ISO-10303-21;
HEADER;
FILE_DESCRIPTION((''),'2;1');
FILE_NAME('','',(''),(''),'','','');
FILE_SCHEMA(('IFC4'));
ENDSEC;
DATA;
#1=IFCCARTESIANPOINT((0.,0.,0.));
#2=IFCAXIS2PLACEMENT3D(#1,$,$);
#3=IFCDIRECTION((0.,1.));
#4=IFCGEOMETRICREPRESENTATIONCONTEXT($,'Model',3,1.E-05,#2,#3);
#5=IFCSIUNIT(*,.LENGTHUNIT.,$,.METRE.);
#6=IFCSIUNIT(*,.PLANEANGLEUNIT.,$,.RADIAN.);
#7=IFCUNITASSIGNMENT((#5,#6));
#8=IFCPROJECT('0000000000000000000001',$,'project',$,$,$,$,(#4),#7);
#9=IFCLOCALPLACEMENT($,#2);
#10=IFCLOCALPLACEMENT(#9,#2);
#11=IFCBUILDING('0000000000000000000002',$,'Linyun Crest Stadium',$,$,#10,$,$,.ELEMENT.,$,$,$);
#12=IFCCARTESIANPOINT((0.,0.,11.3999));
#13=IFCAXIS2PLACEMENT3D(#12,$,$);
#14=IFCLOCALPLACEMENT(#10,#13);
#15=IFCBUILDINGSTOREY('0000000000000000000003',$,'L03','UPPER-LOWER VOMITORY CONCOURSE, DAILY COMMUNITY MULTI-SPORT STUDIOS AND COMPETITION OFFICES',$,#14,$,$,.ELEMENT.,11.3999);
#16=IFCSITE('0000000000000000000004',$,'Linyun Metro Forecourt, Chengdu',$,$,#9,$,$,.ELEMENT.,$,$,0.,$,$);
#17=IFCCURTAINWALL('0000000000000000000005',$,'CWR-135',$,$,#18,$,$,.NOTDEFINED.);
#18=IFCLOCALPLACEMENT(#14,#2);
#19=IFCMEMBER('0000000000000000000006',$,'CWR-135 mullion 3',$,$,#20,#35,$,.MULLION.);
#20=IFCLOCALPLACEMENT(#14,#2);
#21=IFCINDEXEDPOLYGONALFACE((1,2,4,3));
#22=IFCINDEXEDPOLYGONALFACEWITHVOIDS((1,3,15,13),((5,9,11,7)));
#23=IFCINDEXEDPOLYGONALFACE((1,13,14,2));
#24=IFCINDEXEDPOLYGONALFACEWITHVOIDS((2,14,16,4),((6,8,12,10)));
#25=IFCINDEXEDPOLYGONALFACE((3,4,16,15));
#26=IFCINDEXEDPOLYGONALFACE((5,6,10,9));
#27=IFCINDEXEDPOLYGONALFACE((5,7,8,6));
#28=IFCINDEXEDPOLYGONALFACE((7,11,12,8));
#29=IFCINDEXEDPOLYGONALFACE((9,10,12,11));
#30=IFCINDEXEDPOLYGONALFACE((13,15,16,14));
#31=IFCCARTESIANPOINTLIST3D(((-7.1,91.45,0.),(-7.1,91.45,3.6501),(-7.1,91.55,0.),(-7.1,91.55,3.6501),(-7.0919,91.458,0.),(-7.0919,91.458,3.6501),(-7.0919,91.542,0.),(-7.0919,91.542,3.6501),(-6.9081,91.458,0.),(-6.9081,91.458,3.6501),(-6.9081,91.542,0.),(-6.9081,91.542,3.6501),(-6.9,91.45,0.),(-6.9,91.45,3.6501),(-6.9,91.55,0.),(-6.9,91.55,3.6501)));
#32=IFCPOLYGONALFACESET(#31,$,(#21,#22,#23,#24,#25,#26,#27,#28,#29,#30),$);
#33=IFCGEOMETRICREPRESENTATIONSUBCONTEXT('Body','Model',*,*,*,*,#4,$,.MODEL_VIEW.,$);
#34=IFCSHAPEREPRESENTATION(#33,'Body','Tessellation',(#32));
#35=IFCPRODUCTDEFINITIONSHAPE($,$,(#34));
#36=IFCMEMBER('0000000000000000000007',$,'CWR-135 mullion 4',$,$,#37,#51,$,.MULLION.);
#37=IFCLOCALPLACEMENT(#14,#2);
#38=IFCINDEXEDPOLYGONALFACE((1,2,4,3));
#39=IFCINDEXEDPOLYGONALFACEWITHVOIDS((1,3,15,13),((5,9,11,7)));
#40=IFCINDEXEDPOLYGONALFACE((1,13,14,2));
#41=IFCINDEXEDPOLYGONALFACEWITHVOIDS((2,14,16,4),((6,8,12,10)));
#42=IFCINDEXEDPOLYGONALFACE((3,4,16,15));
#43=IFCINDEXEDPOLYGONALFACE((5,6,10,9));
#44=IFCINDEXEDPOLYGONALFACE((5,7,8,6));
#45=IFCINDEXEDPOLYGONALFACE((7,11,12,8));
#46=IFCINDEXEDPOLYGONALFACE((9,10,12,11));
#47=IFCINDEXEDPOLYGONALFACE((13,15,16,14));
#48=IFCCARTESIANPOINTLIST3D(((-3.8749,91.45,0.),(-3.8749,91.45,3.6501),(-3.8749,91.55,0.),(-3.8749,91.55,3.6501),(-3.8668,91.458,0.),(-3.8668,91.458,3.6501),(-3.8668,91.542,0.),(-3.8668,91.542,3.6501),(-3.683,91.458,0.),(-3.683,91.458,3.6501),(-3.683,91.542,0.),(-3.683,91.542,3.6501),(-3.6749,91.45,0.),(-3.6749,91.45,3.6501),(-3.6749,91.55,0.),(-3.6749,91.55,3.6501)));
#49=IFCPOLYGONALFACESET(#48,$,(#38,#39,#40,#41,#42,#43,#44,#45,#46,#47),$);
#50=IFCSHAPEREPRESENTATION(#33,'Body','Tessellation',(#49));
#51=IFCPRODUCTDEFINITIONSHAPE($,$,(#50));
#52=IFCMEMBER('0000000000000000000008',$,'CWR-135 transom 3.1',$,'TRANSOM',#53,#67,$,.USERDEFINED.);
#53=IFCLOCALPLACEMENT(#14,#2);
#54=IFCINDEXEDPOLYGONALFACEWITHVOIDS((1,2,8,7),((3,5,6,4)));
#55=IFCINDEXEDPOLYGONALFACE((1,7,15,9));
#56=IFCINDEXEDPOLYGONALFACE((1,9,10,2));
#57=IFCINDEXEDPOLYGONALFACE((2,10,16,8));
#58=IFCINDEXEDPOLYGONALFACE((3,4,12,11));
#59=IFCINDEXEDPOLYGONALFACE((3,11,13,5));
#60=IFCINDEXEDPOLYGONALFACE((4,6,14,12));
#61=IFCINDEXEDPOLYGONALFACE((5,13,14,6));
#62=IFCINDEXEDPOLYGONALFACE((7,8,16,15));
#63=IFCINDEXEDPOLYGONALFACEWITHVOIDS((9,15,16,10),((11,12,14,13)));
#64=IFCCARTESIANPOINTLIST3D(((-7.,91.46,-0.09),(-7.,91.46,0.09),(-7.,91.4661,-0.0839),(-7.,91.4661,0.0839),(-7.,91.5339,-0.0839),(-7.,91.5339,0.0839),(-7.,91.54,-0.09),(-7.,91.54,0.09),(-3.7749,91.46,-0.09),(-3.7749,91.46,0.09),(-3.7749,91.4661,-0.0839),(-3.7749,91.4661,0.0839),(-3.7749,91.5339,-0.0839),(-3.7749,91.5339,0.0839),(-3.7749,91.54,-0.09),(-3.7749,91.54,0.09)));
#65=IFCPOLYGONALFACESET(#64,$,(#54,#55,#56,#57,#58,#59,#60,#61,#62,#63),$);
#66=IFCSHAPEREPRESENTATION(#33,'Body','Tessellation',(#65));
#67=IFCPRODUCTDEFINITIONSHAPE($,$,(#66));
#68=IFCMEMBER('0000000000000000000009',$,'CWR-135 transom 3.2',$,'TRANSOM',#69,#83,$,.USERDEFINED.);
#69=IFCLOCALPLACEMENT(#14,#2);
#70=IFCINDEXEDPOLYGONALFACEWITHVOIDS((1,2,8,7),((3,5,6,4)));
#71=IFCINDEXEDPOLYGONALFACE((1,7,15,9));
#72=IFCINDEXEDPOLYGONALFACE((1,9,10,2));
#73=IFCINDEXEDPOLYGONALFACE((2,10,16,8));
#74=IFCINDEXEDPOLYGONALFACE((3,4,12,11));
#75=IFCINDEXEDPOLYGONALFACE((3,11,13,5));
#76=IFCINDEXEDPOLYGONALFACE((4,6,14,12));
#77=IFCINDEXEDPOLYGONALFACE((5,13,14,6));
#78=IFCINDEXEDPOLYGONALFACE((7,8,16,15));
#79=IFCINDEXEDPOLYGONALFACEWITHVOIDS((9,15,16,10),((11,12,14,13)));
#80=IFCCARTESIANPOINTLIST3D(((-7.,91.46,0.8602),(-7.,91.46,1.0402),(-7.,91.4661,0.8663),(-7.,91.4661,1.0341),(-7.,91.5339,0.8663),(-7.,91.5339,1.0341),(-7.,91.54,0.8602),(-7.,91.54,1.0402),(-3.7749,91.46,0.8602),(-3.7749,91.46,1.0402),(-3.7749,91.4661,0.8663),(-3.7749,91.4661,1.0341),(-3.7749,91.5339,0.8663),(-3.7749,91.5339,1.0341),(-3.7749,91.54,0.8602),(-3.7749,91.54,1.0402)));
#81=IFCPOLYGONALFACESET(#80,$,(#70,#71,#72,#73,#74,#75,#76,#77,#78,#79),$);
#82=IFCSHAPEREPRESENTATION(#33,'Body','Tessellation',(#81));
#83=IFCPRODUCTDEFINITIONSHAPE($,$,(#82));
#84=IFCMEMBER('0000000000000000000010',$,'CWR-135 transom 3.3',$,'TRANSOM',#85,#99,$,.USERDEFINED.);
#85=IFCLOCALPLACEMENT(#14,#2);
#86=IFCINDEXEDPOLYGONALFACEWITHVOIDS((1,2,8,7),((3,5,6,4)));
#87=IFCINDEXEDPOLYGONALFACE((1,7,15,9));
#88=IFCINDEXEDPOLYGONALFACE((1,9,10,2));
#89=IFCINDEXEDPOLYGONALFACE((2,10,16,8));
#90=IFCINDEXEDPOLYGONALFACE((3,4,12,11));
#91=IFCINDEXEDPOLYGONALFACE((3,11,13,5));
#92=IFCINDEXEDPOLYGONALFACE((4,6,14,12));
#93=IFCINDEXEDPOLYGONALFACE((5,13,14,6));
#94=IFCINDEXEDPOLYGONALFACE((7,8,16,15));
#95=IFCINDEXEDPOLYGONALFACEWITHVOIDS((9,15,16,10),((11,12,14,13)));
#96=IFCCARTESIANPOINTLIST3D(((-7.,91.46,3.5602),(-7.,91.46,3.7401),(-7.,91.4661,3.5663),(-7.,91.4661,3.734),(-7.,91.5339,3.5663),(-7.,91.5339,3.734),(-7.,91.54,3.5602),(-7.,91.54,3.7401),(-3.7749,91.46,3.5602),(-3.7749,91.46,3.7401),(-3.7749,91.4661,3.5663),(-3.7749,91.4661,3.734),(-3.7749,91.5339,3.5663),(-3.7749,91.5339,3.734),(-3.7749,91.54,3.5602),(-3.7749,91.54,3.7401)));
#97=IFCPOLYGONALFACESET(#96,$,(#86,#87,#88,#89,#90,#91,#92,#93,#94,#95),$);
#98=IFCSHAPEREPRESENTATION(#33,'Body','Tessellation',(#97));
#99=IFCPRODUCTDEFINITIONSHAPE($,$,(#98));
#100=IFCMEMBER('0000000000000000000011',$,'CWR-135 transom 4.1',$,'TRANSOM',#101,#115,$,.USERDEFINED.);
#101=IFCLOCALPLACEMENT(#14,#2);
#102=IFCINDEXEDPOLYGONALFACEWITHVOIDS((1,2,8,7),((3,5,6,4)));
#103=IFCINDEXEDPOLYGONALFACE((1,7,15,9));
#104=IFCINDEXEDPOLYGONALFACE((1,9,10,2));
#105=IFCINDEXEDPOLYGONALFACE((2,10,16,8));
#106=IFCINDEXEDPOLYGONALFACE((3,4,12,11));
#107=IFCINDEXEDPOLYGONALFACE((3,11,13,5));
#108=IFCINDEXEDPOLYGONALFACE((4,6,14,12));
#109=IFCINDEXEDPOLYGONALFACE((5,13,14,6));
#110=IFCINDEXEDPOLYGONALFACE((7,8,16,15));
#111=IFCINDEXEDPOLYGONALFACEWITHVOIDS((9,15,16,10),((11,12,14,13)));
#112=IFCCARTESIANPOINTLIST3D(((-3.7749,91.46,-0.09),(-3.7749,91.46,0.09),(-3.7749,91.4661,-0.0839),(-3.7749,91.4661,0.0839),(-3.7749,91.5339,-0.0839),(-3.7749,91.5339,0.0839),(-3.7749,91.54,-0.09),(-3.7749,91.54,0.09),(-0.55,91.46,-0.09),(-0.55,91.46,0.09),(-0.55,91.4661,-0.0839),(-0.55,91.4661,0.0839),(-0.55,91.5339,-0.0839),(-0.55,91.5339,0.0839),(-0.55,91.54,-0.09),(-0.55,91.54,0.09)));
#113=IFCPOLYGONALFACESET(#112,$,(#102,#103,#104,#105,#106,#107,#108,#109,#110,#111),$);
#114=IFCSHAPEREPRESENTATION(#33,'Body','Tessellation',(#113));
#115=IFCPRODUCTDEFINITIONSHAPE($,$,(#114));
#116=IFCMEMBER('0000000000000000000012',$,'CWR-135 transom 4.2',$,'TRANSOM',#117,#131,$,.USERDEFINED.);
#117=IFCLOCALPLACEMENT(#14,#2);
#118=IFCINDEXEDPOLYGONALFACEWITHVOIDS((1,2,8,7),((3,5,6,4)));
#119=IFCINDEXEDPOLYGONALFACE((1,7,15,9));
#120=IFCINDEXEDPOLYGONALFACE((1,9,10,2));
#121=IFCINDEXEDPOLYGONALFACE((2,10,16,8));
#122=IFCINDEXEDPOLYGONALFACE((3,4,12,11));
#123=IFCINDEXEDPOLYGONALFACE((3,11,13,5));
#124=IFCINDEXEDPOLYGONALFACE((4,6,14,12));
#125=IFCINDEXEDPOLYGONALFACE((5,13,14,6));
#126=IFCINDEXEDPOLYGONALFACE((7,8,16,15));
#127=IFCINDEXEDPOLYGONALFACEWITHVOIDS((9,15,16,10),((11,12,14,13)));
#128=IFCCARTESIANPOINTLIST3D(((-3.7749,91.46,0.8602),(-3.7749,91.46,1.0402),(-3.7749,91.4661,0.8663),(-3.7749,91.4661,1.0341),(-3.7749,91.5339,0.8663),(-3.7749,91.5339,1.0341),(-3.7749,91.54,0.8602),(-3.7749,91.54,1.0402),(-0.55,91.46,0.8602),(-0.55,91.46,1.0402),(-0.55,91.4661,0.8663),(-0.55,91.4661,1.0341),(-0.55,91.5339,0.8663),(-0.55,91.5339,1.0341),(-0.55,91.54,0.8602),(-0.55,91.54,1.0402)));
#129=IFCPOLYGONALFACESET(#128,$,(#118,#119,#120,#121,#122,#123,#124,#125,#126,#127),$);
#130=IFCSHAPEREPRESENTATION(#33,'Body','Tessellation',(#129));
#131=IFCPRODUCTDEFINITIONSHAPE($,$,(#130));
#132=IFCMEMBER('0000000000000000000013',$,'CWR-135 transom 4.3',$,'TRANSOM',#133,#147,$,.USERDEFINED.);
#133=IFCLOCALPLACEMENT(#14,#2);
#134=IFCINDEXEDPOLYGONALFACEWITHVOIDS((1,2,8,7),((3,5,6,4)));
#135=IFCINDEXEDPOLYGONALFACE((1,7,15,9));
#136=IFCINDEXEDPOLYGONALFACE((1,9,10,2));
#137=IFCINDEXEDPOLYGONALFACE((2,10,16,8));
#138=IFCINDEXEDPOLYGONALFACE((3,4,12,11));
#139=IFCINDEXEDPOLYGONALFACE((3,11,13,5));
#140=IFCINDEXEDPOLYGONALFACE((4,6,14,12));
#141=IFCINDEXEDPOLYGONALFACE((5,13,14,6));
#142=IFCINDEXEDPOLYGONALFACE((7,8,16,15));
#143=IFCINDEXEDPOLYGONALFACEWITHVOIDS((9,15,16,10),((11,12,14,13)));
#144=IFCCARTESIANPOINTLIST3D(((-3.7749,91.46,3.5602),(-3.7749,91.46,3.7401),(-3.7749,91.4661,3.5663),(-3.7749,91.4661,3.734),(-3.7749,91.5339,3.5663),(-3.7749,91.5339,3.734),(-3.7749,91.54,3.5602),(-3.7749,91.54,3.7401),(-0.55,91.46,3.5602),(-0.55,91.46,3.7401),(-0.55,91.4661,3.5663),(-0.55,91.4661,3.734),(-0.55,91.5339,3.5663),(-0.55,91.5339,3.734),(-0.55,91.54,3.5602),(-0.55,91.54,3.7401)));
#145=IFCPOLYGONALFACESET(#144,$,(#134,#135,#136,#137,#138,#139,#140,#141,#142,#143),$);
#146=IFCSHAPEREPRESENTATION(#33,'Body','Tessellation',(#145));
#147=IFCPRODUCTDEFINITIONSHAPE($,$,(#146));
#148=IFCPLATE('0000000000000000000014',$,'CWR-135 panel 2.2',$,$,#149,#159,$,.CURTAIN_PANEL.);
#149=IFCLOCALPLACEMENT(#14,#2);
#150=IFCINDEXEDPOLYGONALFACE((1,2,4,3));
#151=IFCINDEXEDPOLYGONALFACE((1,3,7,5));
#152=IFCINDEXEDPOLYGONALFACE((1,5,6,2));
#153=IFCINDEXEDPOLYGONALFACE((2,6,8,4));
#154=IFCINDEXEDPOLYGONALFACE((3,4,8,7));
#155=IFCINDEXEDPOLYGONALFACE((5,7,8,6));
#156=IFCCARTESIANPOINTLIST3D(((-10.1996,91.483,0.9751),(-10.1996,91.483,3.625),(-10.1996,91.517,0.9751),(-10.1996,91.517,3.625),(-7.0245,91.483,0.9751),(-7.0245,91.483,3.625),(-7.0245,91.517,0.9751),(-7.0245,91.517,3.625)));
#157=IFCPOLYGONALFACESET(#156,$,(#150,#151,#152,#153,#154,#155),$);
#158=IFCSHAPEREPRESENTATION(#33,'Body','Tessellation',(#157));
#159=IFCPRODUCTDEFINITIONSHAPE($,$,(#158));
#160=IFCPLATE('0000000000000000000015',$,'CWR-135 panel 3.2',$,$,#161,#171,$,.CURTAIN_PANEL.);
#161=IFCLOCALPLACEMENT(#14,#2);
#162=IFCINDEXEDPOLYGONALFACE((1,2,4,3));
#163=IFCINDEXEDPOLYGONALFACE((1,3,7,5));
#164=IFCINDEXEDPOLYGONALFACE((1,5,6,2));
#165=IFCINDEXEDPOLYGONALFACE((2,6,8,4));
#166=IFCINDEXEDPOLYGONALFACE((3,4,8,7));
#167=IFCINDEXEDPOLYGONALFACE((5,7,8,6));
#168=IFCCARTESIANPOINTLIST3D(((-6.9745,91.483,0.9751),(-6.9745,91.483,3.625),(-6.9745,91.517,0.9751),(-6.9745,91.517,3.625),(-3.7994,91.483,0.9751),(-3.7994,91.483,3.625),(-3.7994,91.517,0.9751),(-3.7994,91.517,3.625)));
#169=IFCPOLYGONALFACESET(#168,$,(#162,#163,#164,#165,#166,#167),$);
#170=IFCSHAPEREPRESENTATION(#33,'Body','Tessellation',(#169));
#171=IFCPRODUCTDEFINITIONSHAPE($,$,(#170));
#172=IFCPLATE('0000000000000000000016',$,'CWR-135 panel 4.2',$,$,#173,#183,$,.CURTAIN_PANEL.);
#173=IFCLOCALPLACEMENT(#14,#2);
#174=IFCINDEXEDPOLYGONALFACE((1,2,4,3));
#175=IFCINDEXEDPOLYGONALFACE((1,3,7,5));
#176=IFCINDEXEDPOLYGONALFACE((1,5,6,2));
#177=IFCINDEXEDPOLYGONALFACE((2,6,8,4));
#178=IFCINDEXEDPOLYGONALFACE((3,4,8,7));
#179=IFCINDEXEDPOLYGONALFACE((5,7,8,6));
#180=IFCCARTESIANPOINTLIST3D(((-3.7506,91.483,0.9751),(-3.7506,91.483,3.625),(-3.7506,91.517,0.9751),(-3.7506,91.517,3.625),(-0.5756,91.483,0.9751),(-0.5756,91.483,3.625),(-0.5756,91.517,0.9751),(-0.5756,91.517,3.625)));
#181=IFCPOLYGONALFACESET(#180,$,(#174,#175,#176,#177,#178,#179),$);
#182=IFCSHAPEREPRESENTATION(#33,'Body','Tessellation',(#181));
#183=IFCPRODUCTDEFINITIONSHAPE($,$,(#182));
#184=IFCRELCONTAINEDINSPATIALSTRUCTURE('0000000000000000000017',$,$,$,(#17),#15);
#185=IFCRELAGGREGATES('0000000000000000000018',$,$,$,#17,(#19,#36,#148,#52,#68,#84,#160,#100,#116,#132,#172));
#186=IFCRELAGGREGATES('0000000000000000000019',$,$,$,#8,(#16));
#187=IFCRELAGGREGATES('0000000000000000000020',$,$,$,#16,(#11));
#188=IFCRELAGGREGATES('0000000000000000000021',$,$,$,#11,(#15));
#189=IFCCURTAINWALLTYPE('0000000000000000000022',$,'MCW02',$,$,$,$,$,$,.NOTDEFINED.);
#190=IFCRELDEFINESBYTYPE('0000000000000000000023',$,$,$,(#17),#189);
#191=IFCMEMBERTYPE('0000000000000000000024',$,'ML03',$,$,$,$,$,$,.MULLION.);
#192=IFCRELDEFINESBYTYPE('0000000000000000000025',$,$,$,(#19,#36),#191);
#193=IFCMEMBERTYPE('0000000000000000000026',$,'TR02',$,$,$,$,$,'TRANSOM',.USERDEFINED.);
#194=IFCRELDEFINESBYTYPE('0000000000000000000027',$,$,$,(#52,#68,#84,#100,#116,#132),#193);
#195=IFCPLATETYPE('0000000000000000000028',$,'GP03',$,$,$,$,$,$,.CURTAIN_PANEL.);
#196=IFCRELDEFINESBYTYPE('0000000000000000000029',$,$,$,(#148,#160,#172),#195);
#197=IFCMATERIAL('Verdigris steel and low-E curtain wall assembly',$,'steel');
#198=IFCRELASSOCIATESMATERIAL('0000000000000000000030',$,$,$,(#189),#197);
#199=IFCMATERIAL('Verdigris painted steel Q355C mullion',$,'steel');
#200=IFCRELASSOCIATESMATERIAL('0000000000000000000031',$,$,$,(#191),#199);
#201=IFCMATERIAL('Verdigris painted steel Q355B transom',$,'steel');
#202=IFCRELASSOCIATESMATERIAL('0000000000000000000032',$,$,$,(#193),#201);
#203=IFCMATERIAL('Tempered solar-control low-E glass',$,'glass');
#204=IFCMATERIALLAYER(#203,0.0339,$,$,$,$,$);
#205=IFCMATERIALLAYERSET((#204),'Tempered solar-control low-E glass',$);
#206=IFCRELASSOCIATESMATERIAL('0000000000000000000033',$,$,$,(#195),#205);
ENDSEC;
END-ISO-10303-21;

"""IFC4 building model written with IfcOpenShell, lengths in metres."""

from ifc_helpers import new_model, si_unit, direction, frame, origin, origin_2d, place, context, subcontext, project, spatial, rectangle, hollow_rectangle, extrude, material, layer, layer_set, material_profile, profile_set, type_object, element, aggregate, save


model = new_model("IFC4")

# Units and contexts
model_context = context("Model", 3, precision=1e-05, world=origin(), true_north=direction((0.0, 1.0)))
body_context = subcontext(model_context, "Body", "Model", "MODEL_VIEW")
ifc_project = project(units=[si_unit("LENGTHUNIT", "METRE"), si_unit("PLANEANGLEUNIT", "RADIAN")], contexts=[model_context])

# Site, building, storey
site_placement = place(None, origin())
site = spatial("IfcSite", under=ifc_project, at=site_placement, Name="Linyun Metro Forecourt, Chengdu", CompositionType="ELEMENT", RefElevation=0.0)
building_placement = place(site_placement, origin())
building = spatial("IfcBuilding", under=site, at=building_placement, Name="Linyun Crest Stadium", CompositionType="ELEMENT")
storey_placement = place(building_placement, frame((0.0, 0.0, 11.3999)))
storey = spatial("IfcBuildingStorey", under=building, at=storey_placement, Name="L03", Description="UPPER-LOWER VOMITORY CONCOURSE, DAILY COMMUNITY MULTI-SPORT STUDIOS AND COMPETITION OFFICES", CompositionType="ELEMENT", Elevation=11.3999)

# Curtain wall, members, plates
ifc_material_1 = material(Name="Verdigris steel and low-E curtain wall assembly", Category="steel")
curtain_wall_type = type_object("IfcCurtainWallType", Name="MCW02", PredefinedType="NOTDEFINED", material=ifc_material_1)
curtain_wall_placement = place(storey_placement, origin())
curtain_wall = element("IfcCurtainWall", 1, at=curtain_wall_placement, inside=storey, type_object=curtain_wall_type, Name="CWR-135", PredefinedType="NOTDEFINED")
ifc_material_2 = material(Name="Verdigris painted steel Q355C mullion", Category="steel")
ifc_material_profile_1 = material_profile(ifc_material_2, hollow_rectangle(XDim=0.1001, YDim=0.2, WallThickness=0.0081, at=origin_2d()), Name="RHS 200x100x8")
ifc_profile_set_1 = profile_set([ifc_material_profile_1], Name="Verdigris painted steel Q355C mullion")
member_type_1 = type_object("IfcMemberType", Name="ML03", PredefinedType="MULLION", material=ifc_profile_set_1)
member_1_placement = place(storey_placement, frame((-7.0, 91.5, 0.0), z_axis=(0.0, 0.0, 1.0), x_axis=(0.0, 1.0, 0.0)))
member_1 = element("IfcMember", 2, at=member_1_placement, type_object=member_type_1, Name="CWR-135 mullion 3", PredefinedType="MULLION", context=body_context, shape_type="SweptSolid", body=[
    extrude(hollow_rectangle(XDim=0.1001, YDim=0.2, WallThickness=0.0081, at=origin_2d()), origin(), (0.0, 0.0, 1.0), 3.6501),
])
member_2_placement = place(storey_placement, frame((-3.7749, 91.5, 0.0), z_axis=(0.0, 0.0, 1.0), x_axis=(0.0, 1.0, 0.0)))
member_2 = element("IfcMember", 3, at=member_2_placement, type_object=member_type_1, Name="CWR-135 mullion 4", PredefinedType="MULLION", context=body_context, shape_type="SweptSolid", body=[
    extrude(hollow_rectangle(XDim=0.1001, YDim=0.2, WallThickness=0.0081, at=origin_2d()), origin(), (0.0, 0.0, 1.0), 3.6501),
])
ifc_material_3 = material(Name="Verdigris painted steel Q355B transom", Category="steel")
ifc_material_profile_2 = material_profile(ifc_material_3, hollow_rectangle(XDim=0.0801, YDim=0.1799, WallThickness=0.0061, at=origin_2d()), Name="RHS 180x80x6")
ifc_profile_set_2 = profile_set([ifc_material_profile_2], Name="Verdigris painted steel Q355B transom")
member_type_2 = type_object("IfcMemberType", Name="TR02", ElementType="TRANSOM", PredefinedType="USERDEFINED", material=ifc_profile_set_2)
member_3_placement = place(storey_placement, frame((-7.0, 91.5, 0.0), z_axis=(1.0, 0.0, 0.0), x_axis=(0.0, 1.0, 0.0)))
member_3 = element("IfcMember", 4, at=member_3_placement, type_object=member_type_2, Name="CWR-135 transom 3.1", ObjectType="TRANSOM", PredefinedType="USERDEFINED", context=body_context, shape_type="SweptSolid", body=[
    extrude(hollow_rectangle(XDim=0.0801, YDim=0.1799, WallThickness=0.0061, at=origin_2d()), origin(), (0.0, 0.0, 1.0), 3.2251),
])
member_4_placement = place(storey_placement, frame((-7.0, 91.5, 0.9502), z_axis=(1.0, 0.0, 0.0), x_axis=(0.0, 1.0, 0.0)))
member_4 = element("IfcMember", 5, at=member_4_placement, type_object=member_type_2, Name="CWR-135 transom 3.2", ObjectType="TRANSOM", PredefinedType="USERDEFINED", context=body_context, shape_type="SweptSolid", body=[
    extrude(hollow_rectangle(XDim=0.0801, YDim=0.1799, WallThickness=0.0061, at=origin_2d()), origin(), (0.0, 0.0, 1.0), 3.2251),
])
member_5_placement = place(storey_placement, frame((-7.0, 91.5, 3.6501), z_axis=(1.0, 0.0, 0.0), x_axis=(0.0, 1.0, 0.0)))
member_5 = element("IfcMember", 6, at=member_5_placement, type_object=member_type_2, Name="CWR-135 transom 3.3", ObjectType="TRANSOM", PredefinedType="USERDEFINED", context=body_context, shape_type="SweptSolid", body=[
    extrude(hollow_rectangle(XDim=0.0801, YDim=0.1799, WallThickness=0.0061, at=origin_2d()), origin(), (0.0, 0.0, 1.0), 3.2251),
])
member_6_placement = place(storey_placement, frame((-3.7749, 91.5, 0.0), z_axis=(1.0, 0.0, 0.0), x_axis=(0.0, 1.0, 0.0)))
member_6 = element("IfcMember", 7, at=member_6_placement, type_object=member_type_2, Name="CWR-135 transom 4.1", ObjectType="TRANSOM", PredefinedType="USERDEFINED", context=body_context, shape_type="SweptSolid", body=[
    extrude(hollow_rectangle(XDim=0.0801, YDim=0.1799, WallThickness=0.0061, at=origin_2d()), origin(), (0.0, 0.0, 1.0), 3.2249),
])
member_7_placement = place(storey_placement, frame((-3.7749, 91.5, 0.9502), z_axis=(1.0, 0.0, 0.0), x_axis=(0.0, 1.0, 0.0)))
member_7 = element("IfcMember", 8, at=member_7_placement, type_object=member_type_2, Name="CWR-135 transom 4.2", ObjectType="TRANSOM", PredefinedType="USERDEFINED", context=body_context, shape_type="SweptSolid", body=[
    extrude(hollow_rectangle(XDim=0.0801, YDim=0.1799, WallThickness=0.0061, at=origin_2d()), origin(), (0.0, 0.0, 1.0), 3.2249),
])
member_8_placement = place(storey_placement, frame((-3.7749, 91.5, 3.6501), z_axis=(1.0, 0.0, 0.0), x_axis=(0.0, 1.0, 0.0)))
member_8 = element("IfcMember", 9, at=member_8_placement, type_object=member_type_2, Name="CWR-135 transom 4.3", ObjectType="TRANSOM", PredefinedType="USERDEFINED", context=body_context, shape_type="SweptSolid", body=[
    extrude(hollow_rectangle(XDim=0.0801, YDim=0.1799, WallThickness=0.0061, at=origin_2d()), origin(), (0.0, 0.0, 1.0), 3.2249),
])
ifc_material_4 = material(Name="Tempered solar-control low-E glass", Category="glass")
ifc_layer_1 = layer(ifc_material_4, 0.0339)
ifc_layer_set_1 = layer_set([ifc_layer_1], Name="Tempered solar-control low-E glass")
plate_type_1 = type_object("IfcPlateType", Name="GP03", PredefinedType="CURTAIN_PANEL", material=ifc_layer_set_1)
plate_1_placement = place(storey_placement, frame((-8.6121, 91.5, 0.9751), z_axis=(0.0, 0.0, 1.0), x_axis=(1.0, 0.0, 0.0)))
plate_1 = element("IfcPlate", 10, at=plate_1_placement, type_object=plate_type_1, Name="CWR-135 panel 2.2", PredefinedType="CURTAIN_PANEL", context=body_context, shape_type="SweptSolid", body=[
    extrude(rectangle(XDim=3.175, YDim=0.0339, at=origin_2d()), origin(), (0.0, 0.0, 1.0), 2.6499),
])
plate_2_placement = place(storey_placement, frame((-5.387, 91.5, 0.9751), z_axis=(0.0, 0.0, 1.0), x_axis=(1.0, 0.0, 0.0)))
plate_2 = element("IfcPlate", 11, at=plate_2_placement, type_object=plate_type_1, Name="CWR-135 panel 3.2", PredefinedType="CURTAIN_PANEL", context=body_context, shape_type="SweptSolid", body=[
    extrude(rectangle(XDim=3.175, YDim=0.0339, at=origin_2d()), origin(), (0.0, 0.0, 1.0), 2.6499),
])
plate_3_placement = place(storey_placement, frame((-2.1631, 91.5, 0.9751), z_axis=(0.0, 0.0, 1.0), x_axis=(1.0, 0.0, 0.0)))
plate_3 = element("IfcPlate", 12, at=plate_3_placement, type_object=plate_type_1, Name="CWR-135 panel 4.2", PredefinedType="CURTAIN_PANEL", context=body_context, shape_type="SweptSolid", body=[
    extrude(rectangle(XDim=3.175, YDim=0.0339, at=origin_2d()), origin(), (0.0, 0.0, 1.0), 2.6499),
])
aggregate(curtain_wall, [member_1, member_2, plate_1, member_3, member_4, member_5, plate_2, member_6, member_7, member_8, plate_3])

save(model, "model.ifc")
